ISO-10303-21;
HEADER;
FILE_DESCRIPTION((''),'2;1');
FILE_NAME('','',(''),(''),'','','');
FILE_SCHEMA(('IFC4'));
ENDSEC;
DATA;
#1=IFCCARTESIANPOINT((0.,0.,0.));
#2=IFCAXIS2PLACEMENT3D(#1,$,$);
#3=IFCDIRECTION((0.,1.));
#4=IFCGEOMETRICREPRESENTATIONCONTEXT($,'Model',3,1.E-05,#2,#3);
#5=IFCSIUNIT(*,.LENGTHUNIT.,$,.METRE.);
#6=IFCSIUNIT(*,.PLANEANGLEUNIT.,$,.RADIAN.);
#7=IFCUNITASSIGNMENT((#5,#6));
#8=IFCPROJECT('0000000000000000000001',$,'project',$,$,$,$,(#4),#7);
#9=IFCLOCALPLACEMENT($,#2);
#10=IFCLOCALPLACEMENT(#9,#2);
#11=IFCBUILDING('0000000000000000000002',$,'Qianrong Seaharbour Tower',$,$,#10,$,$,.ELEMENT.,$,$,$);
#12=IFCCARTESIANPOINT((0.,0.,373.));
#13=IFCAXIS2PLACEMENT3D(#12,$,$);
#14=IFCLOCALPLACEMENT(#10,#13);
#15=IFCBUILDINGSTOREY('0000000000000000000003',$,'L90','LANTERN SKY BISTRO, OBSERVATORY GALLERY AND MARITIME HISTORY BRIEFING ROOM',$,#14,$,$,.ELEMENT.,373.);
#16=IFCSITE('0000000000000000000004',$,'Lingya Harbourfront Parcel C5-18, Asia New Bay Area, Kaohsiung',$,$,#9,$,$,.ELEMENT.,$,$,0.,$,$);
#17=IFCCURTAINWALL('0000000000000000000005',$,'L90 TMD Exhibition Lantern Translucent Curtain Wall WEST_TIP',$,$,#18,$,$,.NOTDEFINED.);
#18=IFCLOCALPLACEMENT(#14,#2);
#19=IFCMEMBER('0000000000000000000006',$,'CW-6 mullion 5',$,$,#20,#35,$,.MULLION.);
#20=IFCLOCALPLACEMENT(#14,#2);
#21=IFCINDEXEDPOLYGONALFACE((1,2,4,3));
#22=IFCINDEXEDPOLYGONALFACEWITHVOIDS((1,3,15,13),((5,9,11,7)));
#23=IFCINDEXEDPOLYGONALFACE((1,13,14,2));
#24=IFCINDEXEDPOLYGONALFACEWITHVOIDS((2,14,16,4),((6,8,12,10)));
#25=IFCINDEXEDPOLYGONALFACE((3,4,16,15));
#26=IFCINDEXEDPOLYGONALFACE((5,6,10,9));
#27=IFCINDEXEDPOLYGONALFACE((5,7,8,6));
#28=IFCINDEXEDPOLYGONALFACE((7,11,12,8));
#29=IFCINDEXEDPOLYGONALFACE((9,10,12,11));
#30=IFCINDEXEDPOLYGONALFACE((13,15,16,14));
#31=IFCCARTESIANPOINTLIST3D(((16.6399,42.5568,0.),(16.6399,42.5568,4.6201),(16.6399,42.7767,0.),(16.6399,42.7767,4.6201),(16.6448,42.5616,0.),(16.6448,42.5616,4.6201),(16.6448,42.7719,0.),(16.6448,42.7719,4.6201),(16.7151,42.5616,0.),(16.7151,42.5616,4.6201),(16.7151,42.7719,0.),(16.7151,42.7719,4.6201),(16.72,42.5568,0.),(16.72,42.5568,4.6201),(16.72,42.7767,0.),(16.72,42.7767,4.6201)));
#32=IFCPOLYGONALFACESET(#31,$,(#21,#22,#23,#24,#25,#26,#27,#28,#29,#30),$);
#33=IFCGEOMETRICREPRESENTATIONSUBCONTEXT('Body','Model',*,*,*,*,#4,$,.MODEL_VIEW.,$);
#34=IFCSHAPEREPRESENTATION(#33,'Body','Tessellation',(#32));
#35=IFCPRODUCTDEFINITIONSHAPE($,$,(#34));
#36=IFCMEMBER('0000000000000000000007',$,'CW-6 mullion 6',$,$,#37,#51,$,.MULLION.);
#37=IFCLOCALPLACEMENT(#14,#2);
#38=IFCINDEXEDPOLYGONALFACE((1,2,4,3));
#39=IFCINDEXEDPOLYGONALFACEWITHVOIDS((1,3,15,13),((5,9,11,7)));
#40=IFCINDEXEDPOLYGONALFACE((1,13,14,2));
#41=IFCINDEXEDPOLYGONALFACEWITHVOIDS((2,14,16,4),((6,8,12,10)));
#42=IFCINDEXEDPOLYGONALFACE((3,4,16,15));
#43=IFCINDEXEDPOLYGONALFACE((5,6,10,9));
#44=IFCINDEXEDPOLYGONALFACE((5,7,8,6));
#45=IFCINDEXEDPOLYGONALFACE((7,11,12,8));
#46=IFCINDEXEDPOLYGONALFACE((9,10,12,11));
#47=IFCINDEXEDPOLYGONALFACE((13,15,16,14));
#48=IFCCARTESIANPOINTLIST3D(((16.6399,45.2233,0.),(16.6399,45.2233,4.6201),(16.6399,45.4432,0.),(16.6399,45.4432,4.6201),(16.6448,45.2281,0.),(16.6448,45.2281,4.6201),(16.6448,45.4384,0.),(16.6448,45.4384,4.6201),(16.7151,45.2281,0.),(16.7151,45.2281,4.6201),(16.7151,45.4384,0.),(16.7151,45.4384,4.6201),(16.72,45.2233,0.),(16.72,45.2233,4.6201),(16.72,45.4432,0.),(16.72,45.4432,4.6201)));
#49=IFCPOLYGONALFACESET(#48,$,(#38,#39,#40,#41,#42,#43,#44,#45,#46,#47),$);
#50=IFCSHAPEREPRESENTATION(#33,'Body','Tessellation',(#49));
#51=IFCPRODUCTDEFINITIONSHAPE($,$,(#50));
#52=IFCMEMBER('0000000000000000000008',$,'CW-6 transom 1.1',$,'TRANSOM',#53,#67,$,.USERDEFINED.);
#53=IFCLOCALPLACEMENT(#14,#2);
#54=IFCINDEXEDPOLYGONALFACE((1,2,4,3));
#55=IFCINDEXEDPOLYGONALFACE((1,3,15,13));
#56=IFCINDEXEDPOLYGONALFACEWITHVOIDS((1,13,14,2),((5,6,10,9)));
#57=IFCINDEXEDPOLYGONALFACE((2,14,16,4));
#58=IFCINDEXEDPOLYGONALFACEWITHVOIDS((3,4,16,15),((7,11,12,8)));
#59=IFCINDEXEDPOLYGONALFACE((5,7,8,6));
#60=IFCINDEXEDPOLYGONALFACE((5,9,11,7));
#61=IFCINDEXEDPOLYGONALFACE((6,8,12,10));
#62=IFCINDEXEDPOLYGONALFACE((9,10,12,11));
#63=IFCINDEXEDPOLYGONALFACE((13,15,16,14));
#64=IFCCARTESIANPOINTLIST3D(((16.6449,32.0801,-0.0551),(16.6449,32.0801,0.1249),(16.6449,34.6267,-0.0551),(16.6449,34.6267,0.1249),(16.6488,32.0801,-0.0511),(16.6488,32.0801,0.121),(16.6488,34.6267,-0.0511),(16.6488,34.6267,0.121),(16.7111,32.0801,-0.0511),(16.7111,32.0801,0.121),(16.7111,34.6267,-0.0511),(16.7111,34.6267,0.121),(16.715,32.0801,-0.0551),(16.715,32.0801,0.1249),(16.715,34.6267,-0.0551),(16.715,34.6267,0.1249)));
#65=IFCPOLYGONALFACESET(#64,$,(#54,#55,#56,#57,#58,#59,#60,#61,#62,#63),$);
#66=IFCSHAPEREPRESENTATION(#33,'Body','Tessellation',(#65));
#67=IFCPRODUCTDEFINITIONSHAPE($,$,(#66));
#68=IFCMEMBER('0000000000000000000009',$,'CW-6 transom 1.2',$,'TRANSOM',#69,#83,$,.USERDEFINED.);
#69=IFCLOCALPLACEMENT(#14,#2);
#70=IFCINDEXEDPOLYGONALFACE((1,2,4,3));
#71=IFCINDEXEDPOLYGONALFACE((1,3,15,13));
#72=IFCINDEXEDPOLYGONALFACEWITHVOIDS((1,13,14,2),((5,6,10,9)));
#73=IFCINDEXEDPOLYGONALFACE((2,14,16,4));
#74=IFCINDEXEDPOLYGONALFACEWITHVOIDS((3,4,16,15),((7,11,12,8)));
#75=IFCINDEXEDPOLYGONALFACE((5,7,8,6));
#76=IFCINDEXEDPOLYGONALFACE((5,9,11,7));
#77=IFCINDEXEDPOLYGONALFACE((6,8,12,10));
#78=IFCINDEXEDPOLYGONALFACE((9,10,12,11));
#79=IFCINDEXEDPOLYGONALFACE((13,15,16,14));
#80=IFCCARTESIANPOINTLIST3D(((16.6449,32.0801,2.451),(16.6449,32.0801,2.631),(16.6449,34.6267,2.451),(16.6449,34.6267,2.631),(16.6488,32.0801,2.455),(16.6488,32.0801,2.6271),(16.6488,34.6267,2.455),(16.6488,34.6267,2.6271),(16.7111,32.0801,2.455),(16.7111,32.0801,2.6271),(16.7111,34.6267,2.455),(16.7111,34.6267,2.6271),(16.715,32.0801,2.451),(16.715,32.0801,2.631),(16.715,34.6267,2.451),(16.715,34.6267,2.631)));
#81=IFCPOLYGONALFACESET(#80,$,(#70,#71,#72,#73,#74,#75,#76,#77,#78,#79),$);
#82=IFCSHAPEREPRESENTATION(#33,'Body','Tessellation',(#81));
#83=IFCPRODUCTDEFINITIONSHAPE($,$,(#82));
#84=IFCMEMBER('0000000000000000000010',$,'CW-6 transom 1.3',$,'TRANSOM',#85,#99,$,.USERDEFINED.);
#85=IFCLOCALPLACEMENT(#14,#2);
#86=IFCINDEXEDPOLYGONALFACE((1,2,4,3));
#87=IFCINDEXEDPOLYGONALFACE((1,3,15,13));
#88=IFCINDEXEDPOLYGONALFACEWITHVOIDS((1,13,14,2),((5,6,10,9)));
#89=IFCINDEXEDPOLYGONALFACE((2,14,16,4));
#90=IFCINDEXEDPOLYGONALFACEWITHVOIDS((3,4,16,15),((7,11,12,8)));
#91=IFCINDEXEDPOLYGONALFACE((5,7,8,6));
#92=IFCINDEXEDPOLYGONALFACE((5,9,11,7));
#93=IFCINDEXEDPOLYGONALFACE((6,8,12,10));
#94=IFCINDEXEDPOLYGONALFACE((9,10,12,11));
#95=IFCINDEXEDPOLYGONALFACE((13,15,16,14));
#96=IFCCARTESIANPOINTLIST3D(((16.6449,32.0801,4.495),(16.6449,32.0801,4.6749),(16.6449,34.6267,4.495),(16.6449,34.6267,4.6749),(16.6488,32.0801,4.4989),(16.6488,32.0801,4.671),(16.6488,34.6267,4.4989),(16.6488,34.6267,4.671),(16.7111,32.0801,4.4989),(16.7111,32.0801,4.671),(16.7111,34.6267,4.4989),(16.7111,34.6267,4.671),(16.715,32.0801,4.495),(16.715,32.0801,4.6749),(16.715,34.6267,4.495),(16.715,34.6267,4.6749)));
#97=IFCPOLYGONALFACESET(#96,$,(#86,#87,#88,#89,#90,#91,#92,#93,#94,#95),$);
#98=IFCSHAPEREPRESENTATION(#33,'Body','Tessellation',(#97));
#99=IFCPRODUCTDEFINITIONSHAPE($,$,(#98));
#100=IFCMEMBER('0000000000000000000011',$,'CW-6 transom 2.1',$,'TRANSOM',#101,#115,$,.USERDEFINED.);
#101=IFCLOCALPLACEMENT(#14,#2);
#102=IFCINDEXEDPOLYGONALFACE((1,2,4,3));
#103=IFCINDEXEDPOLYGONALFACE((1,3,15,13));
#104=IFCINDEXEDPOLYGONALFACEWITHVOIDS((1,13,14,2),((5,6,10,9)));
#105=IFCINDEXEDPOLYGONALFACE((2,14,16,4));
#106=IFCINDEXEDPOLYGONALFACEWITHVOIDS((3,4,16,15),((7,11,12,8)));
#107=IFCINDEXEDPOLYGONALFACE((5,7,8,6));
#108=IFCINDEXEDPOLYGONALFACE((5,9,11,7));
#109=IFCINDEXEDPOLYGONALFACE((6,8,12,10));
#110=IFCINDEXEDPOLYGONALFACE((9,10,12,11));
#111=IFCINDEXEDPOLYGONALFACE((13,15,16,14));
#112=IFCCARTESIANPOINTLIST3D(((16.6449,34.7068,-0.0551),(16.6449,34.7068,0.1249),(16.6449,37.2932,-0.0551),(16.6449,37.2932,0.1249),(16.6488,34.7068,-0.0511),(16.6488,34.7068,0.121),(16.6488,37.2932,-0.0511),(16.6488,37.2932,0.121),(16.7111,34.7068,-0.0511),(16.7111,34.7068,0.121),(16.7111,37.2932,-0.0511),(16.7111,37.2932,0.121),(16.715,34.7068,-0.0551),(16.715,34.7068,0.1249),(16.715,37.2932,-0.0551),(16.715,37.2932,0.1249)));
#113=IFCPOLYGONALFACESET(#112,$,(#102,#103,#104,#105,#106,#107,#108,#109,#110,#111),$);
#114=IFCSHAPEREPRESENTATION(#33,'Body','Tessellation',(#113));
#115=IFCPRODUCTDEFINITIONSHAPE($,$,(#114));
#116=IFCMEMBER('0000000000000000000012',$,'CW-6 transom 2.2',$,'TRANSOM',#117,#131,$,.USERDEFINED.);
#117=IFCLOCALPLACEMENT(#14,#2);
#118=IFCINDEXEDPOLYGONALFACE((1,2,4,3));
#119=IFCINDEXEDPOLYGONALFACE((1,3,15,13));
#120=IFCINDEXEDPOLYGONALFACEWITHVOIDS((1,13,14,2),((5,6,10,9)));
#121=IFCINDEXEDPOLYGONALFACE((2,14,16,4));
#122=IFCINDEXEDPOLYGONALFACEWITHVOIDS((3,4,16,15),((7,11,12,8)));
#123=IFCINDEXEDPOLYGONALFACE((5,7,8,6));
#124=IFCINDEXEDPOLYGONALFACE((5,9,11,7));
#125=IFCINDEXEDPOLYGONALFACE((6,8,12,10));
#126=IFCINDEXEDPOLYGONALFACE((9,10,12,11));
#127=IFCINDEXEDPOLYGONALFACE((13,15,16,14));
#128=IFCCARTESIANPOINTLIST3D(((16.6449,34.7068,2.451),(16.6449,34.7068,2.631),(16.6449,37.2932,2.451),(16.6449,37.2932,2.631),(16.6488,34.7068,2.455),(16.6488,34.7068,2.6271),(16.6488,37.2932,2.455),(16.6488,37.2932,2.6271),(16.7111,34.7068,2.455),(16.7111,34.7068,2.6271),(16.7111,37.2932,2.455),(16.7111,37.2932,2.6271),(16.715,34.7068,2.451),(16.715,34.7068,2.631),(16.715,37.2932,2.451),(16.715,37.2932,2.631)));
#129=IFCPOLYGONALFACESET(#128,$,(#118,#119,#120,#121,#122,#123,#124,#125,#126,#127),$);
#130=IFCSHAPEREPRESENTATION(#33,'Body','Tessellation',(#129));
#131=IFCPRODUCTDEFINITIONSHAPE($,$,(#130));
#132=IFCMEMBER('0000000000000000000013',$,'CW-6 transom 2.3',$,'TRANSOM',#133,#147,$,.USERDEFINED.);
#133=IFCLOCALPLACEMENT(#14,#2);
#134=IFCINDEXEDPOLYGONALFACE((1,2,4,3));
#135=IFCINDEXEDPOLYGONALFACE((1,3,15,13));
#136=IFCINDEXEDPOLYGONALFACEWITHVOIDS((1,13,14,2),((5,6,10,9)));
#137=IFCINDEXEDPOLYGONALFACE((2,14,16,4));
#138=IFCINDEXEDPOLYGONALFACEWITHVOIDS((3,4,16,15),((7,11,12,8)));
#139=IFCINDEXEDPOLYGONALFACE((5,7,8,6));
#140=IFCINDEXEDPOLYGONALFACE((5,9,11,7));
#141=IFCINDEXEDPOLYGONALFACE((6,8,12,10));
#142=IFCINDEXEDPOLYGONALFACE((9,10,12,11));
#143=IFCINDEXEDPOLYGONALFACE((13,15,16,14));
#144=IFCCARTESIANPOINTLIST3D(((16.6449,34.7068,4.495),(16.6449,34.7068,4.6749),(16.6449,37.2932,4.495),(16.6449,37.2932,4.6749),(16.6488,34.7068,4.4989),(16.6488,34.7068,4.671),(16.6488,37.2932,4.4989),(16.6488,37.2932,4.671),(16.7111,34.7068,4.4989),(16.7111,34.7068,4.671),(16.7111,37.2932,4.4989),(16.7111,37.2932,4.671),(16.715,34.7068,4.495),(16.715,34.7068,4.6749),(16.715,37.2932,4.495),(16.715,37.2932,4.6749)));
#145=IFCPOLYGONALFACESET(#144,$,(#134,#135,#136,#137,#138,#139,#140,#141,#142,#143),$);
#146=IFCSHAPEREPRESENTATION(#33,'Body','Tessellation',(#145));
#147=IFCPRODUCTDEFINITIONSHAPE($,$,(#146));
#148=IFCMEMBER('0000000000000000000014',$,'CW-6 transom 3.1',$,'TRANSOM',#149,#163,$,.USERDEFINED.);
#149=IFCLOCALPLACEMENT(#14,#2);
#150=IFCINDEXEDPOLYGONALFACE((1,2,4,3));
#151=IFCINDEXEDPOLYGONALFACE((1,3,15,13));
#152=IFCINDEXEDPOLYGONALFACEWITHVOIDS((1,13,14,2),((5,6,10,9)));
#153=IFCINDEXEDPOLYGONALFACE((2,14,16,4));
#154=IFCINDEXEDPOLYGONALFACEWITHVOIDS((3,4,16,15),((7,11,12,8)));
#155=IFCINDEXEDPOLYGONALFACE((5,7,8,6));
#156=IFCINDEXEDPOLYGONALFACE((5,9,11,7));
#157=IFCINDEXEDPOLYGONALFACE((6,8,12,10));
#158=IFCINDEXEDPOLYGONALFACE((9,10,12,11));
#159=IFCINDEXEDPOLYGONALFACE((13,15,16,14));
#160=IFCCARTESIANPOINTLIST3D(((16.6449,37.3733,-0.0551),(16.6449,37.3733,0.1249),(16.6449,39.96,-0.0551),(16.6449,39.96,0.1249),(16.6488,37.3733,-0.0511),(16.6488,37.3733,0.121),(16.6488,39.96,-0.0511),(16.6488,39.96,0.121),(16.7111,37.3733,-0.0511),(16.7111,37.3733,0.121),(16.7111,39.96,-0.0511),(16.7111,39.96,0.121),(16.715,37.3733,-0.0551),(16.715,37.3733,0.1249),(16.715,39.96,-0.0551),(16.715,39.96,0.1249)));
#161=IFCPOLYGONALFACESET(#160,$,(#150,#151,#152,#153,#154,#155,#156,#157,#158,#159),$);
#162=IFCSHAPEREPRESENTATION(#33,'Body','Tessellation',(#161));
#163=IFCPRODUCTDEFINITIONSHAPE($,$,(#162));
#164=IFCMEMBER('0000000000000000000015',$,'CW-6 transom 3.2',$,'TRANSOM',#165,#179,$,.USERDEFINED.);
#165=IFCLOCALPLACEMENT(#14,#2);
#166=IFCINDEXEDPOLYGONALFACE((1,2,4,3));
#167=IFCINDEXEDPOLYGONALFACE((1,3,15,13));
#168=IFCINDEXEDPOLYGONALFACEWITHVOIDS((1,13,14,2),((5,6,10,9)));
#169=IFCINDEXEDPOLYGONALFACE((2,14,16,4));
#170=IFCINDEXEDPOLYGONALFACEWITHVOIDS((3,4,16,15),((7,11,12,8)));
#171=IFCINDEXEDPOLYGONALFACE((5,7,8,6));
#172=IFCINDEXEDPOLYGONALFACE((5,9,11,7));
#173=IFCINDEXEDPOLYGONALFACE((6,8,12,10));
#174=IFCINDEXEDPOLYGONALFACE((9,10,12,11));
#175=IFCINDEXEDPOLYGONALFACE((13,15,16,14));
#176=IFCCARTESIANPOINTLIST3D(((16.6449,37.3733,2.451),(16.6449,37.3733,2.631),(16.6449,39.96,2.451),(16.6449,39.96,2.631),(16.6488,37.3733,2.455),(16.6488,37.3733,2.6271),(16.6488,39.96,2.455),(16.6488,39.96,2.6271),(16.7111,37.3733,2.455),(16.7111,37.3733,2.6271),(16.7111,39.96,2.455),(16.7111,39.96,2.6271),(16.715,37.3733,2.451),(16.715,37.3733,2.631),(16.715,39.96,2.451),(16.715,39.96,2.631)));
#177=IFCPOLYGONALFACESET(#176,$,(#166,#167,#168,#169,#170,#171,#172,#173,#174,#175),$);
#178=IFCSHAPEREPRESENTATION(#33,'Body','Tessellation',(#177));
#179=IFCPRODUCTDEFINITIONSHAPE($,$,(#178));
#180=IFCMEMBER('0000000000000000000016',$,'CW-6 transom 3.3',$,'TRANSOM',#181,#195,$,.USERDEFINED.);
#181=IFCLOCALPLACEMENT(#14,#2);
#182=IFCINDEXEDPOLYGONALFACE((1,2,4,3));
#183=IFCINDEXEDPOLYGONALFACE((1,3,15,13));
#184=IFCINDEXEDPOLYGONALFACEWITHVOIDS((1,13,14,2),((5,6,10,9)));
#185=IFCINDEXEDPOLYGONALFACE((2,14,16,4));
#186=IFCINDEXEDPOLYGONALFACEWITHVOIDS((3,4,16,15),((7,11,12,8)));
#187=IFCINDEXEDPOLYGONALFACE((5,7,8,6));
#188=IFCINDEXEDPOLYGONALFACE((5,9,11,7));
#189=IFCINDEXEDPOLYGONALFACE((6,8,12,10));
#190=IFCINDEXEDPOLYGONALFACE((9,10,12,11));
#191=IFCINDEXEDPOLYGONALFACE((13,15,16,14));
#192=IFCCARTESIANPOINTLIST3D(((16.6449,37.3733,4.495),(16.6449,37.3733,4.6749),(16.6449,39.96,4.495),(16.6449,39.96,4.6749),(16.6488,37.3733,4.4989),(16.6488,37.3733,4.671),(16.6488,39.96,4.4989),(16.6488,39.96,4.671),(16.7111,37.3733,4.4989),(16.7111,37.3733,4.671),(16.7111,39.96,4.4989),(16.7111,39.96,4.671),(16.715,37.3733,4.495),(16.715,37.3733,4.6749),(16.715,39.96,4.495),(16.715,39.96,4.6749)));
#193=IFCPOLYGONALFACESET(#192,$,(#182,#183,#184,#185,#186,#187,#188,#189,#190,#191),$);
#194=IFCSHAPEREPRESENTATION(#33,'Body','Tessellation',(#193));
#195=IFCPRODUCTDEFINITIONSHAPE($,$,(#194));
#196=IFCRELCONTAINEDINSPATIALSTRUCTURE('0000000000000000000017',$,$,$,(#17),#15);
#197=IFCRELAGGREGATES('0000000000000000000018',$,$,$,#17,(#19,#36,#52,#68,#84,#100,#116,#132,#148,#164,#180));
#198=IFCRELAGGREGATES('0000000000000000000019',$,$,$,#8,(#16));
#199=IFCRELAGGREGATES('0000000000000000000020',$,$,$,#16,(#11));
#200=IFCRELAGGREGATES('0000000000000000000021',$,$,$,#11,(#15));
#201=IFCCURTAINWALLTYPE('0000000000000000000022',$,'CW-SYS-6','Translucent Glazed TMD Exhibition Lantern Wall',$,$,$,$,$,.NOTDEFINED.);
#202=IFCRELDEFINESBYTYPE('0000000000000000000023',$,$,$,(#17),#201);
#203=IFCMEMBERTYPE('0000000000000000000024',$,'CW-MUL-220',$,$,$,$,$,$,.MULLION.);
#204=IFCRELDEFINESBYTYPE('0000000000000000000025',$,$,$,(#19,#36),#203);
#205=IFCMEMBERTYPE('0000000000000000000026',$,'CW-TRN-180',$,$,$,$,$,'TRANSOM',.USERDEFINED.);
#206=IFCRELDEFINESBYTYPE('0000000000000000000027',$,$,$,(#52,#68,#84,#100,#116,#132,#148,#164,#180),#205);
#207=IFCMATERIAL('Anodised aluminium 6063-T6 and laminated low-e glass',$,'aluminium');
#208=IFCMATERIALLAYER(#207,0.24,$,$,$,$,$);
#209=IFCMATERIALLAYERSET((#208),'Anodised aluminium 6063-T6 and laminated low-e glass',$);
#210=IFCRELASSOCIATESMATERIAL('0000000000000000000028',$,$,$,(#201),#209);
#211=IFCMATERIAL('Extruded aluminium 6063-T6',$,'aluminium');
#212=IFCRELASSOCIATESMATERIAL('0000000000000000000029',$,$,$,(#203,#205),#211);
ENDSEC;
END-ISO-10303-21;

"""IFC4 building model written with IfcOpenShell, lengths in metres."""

from ifc_helpers import new_model, si_unit, direction, frame, origin, origin_2d, place, context, subcontext, project, spatial, hollow_rectangle, extrude, material, layer, layer_set, material_profile, profile_set, type_object, element, aggregate, save


model = new_model("IFC4")

# Units and contexts
model_context = context("Model", 3, precision=1e-05, world=origin(), true_north=direction((0.0, 1.0)))
body_context = subcontext(model_context, "Body", "Model", "MODEL_VIEW")
ifc_project = project(units=[si_unit("LENGTHUNIT", "METRE"), si_unit("PLANEANGLEUNIT", "RADIAN")], contexts=[model_context])

# Site, building, storey
site_placement = place(None, origin())
site = spatial("IfcSite", under=ifc_project, at=site_placement, Name="Lingya Harbourfront Parcel C5-18, Asia New Bay Area, Kaohsiung", CompositionType="ELEMENT", RefElevation=0.0)
building_placement = place(site_placement, origin())
building = spatial("IfcBuilding", under=site, at=building_placement, Name="Qianrong Seaharbour Tower", CompositionType="ELEMENT")
storey_placement = place(building_placement, frame((0.0, 0.0, 373.0)))
storey = spatial("IfcBuildingStorey", under=building, at=storey_placement, Name="L90", Description="LANTERN SKY BISTRO, OBSERVATORY GALLERY AND MARITIME HISTORY BRIEFING ROOM", CompositionType="ELEMENT", Elevation=373.0)

# Curtain wall, members
ifc_material_1 = material(Name="Anodised aluminium 6063-T6 and laminated low-e glass", Category="aluminium")
ifc_layer_1 = layer(ifc_material_1, 0.24)
ifc_layer_set_1 = layer_set([ifc_layer_1], Name="Anodised aluminium 6063-T6 and laminated low-e glass")
curtain_wall_type = type_object("IfcCurtainWallType", Name="CW-SYS-6", Description="Translucent Glazed TMD Exhibition Lantern Wall", PredefinedType="NOTDEFINED", material=ifc_layer_set_1)
curtain_wall_placement = place(storey_placement, origin())
curtain_wall = element("IfcCurtainWall", 1, at=curtain_wall_placement, inside=storey, type_object=curtain_wall_type, Name="L90 TMD Exhibition Lantern Translucent Curtain Wall WEST_TIP", PredefinedType="NOTDEFINED")
ifc_material_2 = material(Name="Extruded aluminium 6063-T6", Category="aluminium")
ifc_material_profile_1 = material_profile(ifc_material_2, hollow_rectangle(XDim=0.0801, YDim=0.22, WallThickness=0.0049, at=origin_2d()), Name="ALU-MUL-220x80x5")
ifc_profile_set_1 = profile_set([ifc_material_profile_1], Name="Extruded aluminium 6063-T6")
member_type_1 = type_object("IfcMemberType", Name="CW-MUL-220", PredefinedType="MULLION", material=ifc_profile_set_1)
member_1_placement = place(storey_placement, frame((16.6799, 42.6667, 0.0), z_axis=(0.0, 0.0, 1.0), x_axis=(-1.0, 0.0, 0.0)))
member_1 = element("IfcMember", 2, at=member_1_placement, type_object=member_type_1, Name="CW-6 mullion 5", PredefinedType="MULLION", context=body_context, shape_type="SweptSolid", body=[
    extrude(hollow_rectangle(XDim=0.0801, YDim=0.22, WallThickness=0.0049, at=origin_2d()), origin(), (0.0, 0.0, 1.0), 4.6201),
])
member_2_placement = place(storey_placement, frame((16.6799, 45.3333, 0.0), z_axis=(0.0, 0.0, 1.0), x_axis=(-1.0, 0.0, 0.0)))
member_2 = element("IfcMember", 3, at=member_2_placement, type_object=member_type_1, Name="CW-6 mullion 6", PredefinedType="MULLION", context=body_context, shape_type="SweptSolid", body=[
    extrude(hollow_rectangle(XDim=0.0801, YDim=0.22, WallThickness=0.0049, at=origin_2d()), origin(), (0.0, 0.0, 1.0), 4.6201),
])
ifc_material_profile_2 = material_profile(ifc_material_2, hollow_rectangle(XDim=0.0701, YDim=0.1799, WallThickness=0.0039, at=origin_2d()), Name="ALU-TRN-180x70x4")
ifc_profile_set_2 = profile_set([ifc_material_profile_2], Name="Extruded aluminium 6063-T6")
member_type_2 = type_object("IfcMemberType", Name="CW-TRN-180", ElementType="TRANSOM", PredefinedType="USERDEFINED", material=ifc_profile_set_2)
member_3_placement = place(storey_placement, frame((16.6799, 32.0801, 0.0349), z_axis=(0.0, 1.0, 0.0), x_axis=(-1.0, 0.0, 0.0)))
member_3 = element("IfcMember", 4, at=member_3_placement, type_object=member_type_2, Name="CW-6 transom 1.1", ObjectType="TRANSOM", PredefinedType="USERDEFINED", context=body_context, shape_type="SweptSolid", body=[
    extrude(hollow_rectangle(XDim=0.0701, YDim=0.1799, WallThickness=0.0039, at=origin_2d()), origin(), (0.0, 0.0, 1.0), 2.5466),
])
member_4_placement = place(storey_placement, frame((16.6799, 32.0801, 2.541), z_axis=(0.0, 1.0, 0.0), x_axis=(-1.0, 0.0, 0.0)))
member_4 = element("IfcMember", 5, at=member_4_placement, type_object=member_type_2, Name="CW-6 transom 1.2", ObjectType="TRANSOM", PredefinedType="USERDEFINED", context=body_context, shape_type="SweptSolid", body=[
    extrude(hollow_rectangle(XDim=0.0701, YDim=0.1799, WallThickness=0.0039, at=origin_2d()), origin(), (0.0, 0.0, 1.0), 2.5466),
])
member_5_placement = place(storey_placement, frame((16.6799, 32.0801, 4.585), z_axis=(0.0, 1.0, 0.0), x_axis=(-1.0, 0.0, 0.0)))
member_5 = element("IfcMember", 6, at=member_5_placement, type_object=member_type_2, Name="CW-6 transom 1.3", ObjectType="TRANSOM", PredefinedType="USERDEFINED", context=body_context, shape_type="SweptSolid", body=[
    extrude(hollow_rectangle(XDim=0.0701, YDim=0.1799, WallThickness=0.0039, at=origin_2d()), origin(), (0.0, 0.0, 1.0), 2.5466),
])
member_6_placement = place(storey_placement, frame((16.6799, 34.7068, 0.0349), z_axis=(0.0, 1.0, 0.0), x_axis=(-1.0, 0.0, 0.0)))
member_6 = element("IfcMember", 7, at=member_6_placement, type_object=member_type_2, Name="CW-6 transom 2.1", ObjectType="TRANSOM", PredefinedType="USERDEFINED", context=body_context, shape_type="SweptSolid", body=[
    extrude(hollow_rectangle(XDim=0.0701, YDim=0.1799, WallThickness=0.0039, at=origin_2d()), origin(), (0.0, 0.0, 1.0), 2.5864),
])
member_7_placement = place(storey_placement, frame((16.6799, 34.7068, 2.541), z_axis=(0.0, 1.0, 0.0), x_axis=(-1.0, 0.0, 0.0)))
member_7 = element("IfcMember", 8, at=member_7_placement, type_object=member_type_2, Name="CW-6 transom 2.2", ObjectType="TRANSOM", PredefinedType="USERDEFINED", context=body_context, shape_type="SweptSolid", body=[
    extrude(hollow_rectangle(XDim=0.0701, YDim=0.1799, WallThickness=0.0039, at=origin_2d()), origin(), (0.0, 0.0, 1.0), 2.5864),
])
member_8_placement = place(storey_placement, frame((16.6799, 34.7068, 4.585), z_axis=(0.0, 1.0, 0.0), x_axis=(-1.0, 0.0, 0.0)))
member_8 = element("IfcMember", 9, at=member_8_placement, type_object=member_type_2, Name="CW-6 transom 2.3", ObjectType="TRANSOM", PredefinedType="USERDEFINED", context=body_context, shape_type="SweptSolid", body=[
    extrude(hollow_rectangle(XDim=0.0701, YDim=0.1799, WallThickness=0.0039, at=origin_2d()), origin(), (0.0, 0.0, 1.0), 2.5864),
])
member_9_placement = place(storey_placement, frame((16.6799, 37.3733, 0.0349), z_axis=(0.0, 1.0, 0.0), x_axis=(-1.0, 0.0, 0.0)))
member_9 = element("IfcMember", 10, at=member_9_placement, type_object=member_type_2, Name="CW-6 transom 3.1", ObjectType="TRANSOM", PredefinedType="USERDEFINED", context=body_context, shape_type="SweptSolid", body=[
    extrude(hollow_rectangle(XDim=0.0701, YDim=0.1799, WallThickness=0.0039, at=origin_2d()), origin(), (0.0, 0.0, 1.0), 2.5867),
])
member_10_placement = place(storey_placement, frame((16.6799, 37.3733, 2.541), z_axis=(0.0, 1.0, 0.0), x_axis=(-1.0, 0.0, 0.0)))
member_10 = element("IfcMember", 11, at=member_10_placement, type_object=member_type_2, Name="CW-6 transom 3.2", ObjectType="TRANSOM", PredefinedType="USERDEFINED", context=body_context, shape_type="SweptSolid", body=[
    extrude(hollow_rectangle(XDim=0.0701, YDim=0.1799, WallThickness=0.0039, at=origin_2d()), origin(), (0.0, 0.0, 1.0), 2.5867),
])
member_11_placement = place(storey_placement, frame((16.6799, 37.3733, 4.585), z_axis=(0.0, 1.0, 0.0), x_axis=(-1.0, 0.0, 0.0)))
member_11 = element("IfcMember", 12, at=member_11_placement, type_object=member_type_2, Name="CW-6 transom 3.3", ObjectType="TRANSOM", PredefinedType="USERDEFINED", context=body_context, shape_type="SweptSolid", body=[
    extrude(hollow_rectangle(XDim=0.0701, YDim=0.1799, WallThickness=0.0039, at=origin_2d()), origin(), (0.0, 0.0, 1.0), 2.5867),
])
aggregate(curtain_wall, [member_1, member_2, member_3, member_4, member_5, member_6, member_7, member_8, member_9, member_10, member_11])

save(model, "model.ifc")
